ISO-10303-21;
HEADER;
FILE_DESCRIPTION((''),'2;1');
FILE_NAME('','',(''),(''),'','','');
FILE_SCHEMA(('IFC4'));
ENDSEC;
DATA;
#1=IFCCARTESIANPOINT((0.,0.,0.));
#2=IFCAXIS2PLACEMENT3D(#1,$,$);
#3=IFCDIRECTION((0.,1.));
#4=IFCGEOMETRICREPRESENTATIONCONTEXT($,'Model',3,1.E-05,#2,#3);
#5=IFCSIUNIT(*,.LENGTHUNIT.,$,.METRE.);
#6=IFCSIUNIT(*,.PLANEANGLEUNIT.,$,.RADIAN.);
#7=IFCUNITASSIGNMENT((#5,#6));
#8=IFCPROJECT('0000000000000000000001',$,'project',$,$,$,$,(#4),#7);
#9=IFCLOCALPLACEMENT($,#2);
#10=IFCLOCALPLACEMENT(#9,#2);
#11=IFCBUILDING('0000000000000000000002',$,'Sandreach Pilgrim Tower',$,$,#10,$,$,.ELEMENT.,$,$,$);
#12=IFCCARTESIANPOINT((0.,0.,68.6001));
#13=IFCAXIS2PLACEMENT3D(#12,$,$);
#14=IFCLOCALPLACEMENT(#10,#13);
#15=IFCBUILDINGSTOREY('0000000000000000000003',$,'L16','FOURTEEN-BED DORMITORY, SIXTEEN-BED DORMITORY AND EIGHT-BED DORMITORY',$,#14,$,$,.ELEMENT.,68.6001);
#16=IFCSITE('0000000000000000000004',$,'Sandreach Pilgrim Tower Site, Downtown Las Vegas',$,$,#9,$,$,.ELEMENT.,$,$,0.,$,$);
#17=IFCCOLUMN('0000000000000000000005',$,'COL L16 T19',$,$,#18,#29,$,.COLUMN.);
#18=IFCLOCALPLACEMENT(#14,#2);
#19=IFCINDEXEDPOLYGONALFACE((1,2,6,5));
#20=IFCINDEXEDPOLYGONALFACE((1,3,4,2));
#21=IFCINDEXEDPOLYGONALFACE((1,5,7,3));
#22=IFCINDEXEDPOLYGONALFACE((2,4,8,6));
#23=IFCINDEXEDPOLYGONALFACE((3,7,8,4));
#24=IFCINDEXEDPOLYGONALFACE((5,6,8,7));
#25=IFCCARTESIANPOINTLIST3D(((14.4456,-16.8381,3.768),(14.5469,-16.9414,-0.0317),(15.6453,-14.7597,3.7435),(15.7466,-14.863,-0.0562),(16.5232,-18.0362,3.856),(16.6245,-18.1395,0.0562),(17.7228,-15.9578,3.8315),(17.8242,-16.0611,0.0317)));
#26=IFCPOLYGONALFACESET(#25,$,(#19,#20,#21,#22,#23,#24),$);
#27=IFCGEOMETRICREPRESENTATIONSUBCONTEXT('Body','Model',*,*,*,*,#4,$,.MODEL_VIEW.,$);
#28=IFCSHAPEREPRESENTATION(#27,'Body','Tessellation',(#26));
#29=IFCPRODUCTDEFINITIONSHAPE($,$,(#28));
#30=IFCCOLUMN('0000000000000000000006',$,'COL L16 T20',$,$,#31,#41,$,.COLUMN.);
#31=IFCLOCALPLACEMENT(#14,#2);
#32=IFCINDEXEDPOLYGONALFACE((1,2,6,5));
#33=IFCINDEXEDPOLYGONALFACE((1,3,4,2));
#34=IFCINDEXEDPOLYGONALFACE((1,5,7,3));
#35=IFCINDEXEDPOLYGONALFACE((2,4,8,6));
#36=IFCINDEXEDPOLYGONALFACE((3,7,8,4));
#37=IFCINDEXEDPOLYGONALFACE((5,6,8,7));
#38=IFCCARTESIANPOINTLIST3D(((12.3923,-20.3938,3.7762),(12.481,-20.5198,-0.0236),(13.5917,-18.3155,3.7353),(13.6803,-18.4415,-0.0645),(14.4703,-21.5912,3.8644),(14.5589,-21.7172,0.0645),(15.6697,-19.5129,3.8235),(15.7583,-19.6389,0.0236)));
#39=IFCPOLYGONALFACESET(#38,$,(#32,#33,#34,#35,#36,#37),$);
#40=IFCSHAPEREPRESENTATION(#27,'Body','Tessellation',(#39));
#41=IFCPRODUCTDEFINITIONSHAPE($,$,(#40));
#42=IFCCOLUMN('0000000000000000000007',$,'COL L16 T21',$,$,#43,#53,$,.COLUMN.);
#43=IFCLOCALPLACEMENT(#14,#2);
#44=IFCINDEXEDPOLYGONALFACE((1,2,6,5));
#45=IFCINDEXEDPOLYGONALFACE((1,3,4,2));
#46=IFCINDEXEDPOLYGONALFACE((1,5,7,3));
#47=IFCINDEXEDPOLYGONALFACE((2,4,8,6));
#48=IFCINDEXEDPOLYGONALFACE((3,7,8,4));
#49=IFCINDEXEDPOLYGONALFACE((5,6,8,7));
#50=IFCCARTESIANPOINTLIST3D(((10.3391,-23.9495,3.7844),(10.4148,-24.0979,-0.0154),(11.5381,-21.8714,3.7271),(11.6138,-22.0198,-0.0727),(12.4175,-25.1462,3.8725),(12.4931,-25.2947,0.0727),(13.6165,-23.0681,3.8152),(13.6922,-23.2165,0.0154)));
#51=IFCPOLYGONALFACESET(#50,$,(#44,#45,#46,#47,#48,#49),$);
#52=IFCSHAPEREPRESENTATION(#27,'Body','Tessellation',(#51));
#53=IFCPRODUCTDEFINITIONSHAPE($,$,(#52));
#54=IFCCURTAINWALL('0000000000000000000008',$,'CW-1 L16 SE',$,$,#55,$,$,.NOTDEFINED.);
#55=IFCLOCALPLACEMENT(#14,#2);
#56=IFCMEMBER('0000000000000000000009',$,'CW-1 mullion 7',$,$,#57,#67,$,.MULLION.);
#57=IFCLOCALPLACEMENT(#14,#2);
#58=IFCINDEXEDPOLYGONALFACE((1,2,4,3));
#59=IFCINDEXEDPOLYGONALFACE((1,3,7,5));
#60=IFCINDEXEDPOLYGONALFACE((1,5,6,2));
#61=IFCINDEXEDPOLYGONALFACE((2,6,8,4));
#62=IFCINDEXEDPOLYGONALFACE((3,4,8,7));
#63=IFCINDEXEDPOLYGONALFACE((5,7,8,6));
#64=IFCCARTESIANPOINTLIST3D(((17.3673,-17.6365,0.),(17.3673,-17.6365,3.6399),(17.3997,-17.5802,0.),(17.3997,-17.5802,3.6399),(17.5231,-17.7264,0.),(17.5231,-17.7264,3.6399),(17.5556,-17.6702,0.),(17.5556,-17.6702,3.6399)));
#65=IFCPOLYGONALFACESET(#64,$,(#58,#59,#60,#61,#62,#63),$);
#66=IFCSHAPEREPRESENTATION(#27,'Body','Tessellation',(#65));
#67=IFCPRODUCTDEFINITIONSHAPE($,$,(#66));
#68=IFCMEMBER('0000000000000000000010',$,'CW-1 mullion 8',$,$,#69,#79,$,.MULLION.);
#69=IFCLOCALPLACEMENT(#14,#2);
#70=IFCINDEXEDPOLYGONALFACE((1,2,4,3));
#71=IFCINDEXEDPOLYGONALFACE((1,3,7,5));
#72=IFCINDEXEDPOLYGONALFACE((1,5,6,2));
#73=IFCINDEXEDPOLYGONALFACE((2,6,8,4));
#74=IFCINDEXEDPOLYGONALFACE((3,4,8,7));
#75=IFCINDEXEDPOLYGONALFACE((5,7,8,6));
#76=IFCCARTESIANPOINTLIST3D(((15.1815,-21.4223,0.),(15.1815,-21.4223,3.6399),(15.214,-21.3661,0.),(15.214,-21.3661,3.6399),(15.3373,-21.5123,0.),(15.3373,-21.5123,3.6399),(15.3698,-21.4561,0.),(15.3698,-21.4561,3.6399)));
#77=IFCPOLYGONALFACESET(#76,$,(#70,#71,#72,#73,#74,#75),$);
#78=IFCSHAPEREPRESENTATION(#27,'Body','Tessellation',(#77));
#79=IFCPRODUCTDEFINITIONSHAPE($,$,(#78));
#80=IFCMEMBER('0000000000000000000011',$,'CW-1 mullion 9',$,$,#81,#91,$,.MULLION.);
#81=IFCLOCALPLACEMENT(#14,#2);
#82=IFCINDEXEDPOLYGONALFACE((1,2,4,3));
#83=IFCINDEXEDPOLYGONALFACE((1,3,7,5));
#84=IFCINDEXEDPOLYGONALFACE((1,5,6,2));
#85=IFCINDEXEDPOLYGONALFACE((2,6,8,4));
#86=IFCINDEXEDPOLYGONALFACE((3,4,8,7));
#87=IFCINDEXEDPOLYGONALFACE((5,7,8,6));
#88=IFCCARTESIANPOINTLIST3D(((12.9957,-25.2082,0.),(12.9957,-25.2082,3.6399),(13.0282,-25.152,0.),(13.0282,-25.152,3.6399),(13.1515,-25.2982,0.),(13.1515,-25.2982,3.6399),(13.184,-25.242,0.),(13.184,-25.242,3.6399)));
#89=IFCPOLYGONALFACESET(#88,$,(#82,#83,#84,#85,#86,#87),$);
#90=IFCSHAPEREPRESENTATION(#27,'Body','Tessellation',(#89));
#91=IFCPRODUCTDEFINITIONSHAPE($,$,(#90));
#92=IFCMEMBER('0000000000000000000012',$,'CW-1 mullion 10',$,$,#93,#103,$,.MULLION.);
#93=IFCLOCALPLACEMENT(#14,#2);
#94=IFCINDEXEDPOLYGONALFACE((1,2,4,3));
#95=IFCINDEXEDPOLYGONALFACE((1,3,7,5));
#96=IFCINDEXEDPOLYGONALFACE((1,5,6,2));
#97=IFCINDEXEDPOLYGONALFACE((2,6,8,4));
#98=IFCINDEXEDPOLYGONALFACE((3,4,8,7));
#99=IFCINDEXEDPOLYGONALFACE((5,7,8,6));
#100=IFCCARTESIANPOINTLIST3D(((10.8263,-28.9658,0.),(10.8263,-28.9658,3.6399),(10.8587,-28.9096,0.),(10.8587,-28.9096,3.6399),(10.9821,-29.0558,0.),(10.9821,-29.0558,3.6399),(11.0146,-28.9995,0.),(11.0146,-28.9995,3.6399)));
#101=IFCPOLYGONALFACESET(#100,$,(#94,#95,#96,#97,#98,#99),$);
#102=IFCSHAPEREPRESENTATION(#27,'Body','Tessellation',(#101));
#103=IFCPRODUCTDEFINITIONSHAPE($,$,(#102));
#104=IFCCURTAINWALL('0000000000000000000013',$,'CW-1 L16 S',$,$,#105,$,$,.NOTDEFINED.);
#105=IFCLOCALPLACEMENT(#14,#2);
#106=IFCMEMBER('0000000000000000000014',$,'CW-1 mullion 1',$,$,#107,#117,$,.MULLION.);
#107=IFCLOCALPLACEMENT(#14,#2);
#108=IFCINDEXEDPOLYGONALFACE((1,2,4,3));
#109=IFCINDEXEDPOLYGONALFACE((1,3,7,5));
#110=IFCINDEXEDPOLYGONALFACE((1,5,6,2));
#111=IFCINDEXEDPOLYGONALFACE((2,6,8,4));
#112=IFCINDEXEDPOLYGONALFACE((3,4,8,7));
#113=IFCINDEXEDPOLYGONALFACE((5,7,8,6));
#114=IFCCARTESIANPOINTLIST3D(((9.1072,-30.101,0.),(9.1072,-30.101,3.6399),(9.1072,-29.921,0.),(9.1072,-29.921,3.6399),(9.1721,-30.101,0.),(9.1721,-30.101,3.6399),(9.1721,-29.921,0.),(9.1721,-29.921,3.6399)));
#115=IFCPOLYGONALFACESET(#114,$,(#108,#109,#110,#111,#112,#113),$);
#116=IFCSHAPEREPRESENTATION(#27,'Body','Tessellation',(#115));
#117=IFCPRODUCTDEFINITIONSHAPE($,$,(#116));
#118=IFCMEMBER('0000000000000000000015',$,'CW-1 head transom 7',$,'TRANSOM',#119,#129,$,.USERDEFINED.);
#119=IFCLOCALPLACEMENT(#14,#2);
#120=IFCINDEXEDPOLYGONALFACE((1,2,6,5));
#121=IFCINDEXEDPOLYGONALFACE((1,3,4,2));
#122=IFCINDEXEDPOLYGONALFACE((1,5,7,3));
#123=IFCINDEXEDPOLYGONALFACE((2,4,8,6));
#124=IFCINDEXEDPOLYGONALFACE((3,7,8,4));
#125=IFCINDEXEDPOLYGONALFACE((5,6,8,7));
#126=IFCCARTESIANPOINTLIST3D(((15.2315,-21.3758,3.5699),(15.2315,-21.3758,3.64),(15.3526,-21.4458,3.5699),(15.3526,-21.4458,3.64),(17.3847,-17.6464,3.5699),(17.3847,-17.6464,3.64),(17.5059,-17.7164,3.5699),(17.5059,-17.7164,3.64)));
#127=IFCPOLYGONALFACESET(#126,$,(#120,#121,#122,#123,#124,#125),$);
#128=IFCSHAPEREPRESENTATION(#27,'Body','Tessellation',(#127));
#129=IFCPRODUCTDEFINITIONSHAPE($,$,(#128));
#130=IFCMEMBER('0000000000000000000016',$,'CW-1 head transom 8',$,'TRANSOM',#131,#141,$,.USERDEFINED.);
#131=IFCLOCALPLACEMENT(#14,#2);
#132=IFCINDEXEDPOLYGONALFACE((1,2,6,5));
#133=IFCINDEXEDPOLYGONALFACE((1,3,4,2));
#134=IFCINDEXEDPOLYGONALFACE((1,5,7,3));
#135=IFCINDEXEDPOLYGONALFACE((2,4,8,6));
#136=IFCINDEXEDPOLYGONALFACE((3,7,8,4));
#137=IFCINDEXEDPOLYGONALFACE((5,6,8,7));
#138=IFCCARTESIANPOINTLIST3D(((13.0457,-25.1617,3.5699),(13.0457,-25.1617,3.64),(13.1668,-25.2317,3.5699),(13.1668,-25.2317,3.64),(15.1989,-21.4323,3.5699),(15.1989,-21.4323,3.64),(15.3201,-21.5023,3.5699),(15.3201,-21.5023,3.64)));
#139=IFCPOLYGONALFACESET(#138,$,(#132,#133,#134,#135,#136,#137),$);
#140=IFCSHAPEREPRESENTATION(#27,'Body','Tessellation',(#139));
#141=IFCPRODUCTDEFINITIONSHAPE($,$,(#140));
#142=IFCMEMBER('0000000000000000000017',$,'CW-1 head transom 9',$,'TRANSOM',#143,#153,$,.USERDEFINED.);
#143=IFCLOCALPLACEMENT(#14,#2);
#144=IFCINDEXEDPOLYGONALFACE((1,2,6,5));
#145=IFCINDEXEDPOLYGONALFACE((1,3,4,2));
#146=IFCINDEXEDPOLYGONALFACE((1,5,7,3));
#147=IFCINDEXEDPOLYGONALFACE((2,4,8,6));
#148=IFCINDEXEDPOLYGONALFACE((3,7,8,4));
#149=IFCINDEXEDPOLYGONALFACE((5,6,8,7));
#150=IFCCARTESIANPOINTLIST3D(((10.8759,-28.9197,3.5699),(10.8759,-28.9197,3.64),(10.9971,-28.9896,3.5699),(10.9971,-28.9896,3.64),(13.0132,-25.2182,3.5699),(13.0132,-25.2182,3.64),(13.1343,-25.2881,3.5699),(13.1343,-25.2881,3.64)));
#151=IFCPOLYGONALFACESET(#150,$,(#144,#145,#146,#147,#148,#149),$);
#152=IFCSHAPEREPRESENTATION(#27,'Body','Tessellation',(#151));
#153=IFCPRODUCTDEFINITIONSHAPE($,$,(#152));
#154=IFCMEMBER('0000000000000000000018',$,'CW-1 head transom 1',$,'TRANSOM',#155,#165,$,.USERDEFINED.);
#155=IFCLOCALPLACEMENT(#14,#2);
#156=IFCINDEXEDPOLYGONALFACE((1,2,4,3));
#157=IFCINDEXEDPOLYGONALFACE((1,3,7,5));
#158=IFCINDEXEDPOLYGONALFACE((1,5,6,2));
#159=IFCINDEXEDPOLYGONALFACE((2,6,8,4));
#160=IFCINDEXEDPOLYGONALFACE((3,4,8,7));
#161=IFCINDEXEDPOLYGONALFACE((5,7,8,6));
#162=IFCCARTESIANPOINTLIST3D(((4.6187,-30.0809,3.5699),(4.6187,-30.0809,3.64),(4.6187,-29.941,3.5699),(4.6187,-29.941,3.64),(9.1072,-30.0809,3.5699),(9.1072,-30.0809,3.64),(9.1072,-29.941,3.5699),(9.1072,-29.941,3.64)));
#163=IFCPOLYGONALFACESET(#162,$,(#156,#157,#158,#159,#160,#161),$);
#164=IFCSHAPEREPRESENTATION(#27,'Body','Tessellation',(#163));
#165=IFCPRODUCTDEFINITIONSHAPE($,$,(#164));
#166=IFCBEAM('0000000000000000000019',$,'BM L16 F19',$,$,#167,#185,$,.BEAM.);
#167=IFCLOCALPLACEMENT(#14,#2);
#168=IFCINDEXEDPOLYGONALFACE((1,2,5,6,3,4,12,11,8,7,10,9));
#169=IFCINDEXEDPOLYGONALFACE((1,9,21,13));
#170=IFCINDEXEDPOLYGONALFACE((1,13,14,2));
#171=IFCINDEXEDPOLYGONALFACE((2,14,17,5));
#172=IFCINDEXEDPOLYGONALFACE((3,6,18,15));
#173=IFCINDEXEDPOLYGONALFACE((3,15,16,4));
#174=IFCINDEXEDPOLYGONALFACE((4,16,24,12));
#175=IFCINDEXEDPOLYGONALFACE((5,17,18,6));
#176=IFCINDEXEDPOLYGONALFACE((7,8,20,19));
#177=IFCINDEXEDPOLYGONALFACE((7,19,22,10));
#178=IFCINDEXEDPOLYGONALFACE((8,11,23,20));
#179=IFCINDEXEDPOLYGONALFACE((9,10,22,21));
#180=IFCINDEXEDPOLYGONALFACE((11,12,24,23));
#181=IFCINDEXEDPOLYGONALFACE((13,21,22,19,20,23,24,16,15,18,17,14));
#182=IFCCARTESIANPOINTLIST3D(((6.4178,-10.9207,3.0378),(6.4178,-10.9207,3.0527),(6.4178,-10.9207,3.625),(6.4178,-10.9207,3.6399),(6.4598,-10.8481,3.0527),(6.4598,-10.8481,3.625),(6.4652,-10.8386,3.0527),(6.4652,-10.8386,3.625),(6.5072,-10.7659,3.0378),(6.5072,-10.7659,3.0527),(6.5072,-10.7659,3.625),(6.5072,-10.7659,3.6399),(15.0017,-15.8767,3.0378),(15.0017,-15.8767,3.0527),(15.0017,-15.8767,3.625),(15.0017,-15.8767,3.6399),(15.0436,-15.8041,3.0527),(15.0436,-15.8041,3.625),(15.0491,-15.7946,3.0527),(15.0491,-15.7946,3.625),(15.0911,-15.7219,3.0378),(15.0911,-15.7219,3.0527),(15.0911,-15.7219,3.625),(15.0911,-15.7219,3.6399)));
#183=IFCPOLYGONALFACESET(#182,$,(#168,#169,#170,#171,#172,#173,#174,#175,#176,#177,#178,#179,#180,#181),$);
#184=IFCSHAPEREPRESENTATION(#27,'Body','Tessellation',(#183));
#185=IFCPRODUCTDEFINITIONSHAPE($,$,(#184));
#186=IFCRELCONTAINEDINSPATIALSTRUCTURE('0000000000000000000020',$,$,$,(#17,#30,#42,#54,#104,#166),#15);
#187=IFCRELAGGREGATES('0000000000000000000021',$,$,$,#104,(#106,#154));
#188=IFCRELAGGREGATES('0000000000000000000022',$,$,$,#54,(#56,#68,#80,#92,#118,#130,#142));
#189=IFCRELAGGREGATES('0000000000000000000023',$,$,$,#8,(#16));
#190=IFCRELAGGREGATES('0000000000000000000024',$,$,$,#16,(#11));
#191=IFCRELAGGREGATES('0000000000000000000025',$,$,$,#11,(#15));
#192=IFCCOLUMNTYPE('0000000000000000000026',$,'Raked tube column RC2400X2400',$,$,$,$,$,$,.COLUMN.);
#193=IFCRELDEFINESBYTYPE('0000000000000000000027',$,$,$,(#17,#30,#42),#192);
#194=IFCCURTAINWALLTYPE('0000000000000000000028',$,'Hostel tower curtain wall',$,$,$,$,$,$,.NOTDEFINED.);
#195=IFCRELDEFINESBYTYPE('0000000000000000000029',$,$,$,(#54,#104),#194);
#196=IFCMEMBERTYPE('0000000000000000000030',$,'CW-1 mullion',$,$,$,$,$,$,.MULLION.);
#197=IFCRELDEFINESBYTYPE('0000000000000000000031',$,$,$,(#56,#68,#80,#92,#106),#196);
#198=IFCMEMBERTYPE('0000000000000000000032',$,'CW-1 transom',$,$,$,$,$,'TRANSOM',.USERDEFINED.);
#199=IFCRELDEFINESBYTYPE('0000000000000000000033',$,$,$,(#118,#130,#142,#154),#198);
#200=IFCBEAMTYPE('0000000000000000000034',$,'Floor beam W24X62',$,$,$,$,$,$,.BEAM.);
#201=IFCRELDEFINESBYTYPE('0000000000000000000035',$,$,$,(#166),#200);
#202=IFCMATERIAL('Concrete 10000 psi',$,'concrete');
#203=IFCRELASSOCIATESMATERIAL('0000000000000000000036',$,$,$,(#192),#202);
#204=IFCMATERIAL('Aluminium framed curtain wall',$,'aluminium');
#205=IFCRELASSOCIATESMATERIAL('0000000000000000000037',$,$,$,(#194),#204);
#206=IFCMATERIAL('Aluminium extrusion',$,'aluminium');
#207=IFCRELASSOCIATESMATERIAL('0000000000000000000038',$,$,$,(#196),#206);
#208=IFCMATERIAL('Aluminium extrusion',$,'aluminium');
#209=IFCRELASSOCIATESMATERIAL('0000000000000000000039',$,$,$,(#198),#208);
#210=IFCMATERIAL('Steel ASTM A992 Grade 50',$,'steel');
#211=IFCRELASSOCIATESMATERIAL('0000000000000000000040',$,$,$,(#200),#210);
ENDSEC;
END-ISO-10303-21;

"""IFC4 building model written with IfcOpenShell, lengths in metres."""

from ifc_helpers import new_model, si_unit, direction, frame, origin, origin_2d, place, context, subcontext, project, spatial, rectangle, i_section, extrude, material, material_profile, profile_set, type_object, element, aggregate, save


model = new_model("IFC4")

# Units and contexts
model_context = context("Model", 3, precision=1e-05, world=origin(), true_north=direction((0.0, 1.0)))
body_context = subcontext(model_context, "Body", "Model", "MODEL_VIEW")
ifc_project = project(units=[si_unit("LENGTHUNIT", "METRE"), si_unit("PLANEANGLEUNIT", "RADIAN")], contexts=[model_context])

# Site, building, storey
site_placement = place(None, origin())
site = spatial("IfcSite", under=ifc_project, at=site_placement, Name="Sandreach Pilgrim Tower Site, Downtown Las Vegas", CompositionType="ELEMENT", RefElevation=0.0)
building_placement = place(site_placement, origin())
building = spatial("IfcBuilding", under=site, at=building_placement, Name="Sandreach Pilgrim Tower", CompositionType="ELEMENT")
storey_placement = place(building_placement, frame((0.0, 0.0, 68.6001)))
storey = spatial("IfcBuildingStorey", under=building, at=storey_placement, Name="L16", Description="FOURTEEN-BED DORMITORY, SIXTEEN-BED DORMITORY AND EIGHT-BED DORMITORY", CompositionType="ELEMENT", Elevation=68.6001)

# Columns
ifc_material_1 = material(Name="Concrete 10000 psi", Category="concrete")
ifc_material_profile_1 = material_profile(ifc_material_1, rectangle(XDim=2.3999, YDim=2.3999, at=origin_2d()), Name="RC2400X2400")
ifc_profile_set_1 = profile_set([ifc_material_profile_1], Name="Concrete 10000 psi")
column_type = type_object("IfcColumnType", Name="Raked tube column RC2400X2400", PredefinedType="COLUMN", material=ifc_profile_set_1)
column_1_placement = place(storey_placement, frame((16.1855, -16.5012, 0.0), z_axis=(-0.026645, 0.027158, 0.999276), x_axis=(0.865686, -0.499243, 0.036651)))
element("IfcColumn", 1, at=column_1_placement, inside=storey, type_object=column_type, Name="COL L16 T19", PredefinedType="COLUMN", context=body_context, shape_type="SweptSolid", body=[
    extrude(rectangle(XDim=2.3999, YDim=2.3999, at=origin_2d()), origin(), (0.0, 0.0, 1.0), 3.8025),
])
column_2_placement = place(storey_placement, frame((14.1196, -20.0793, 0.0), z_axis=(-0.023304, 0.033126, 0.999179), x_axis=(0.865854, -0.498947, 0.036736)))
element("IfcColumn", 2, at=column_2_placement, inside=storey, type_object=column_type, Name="COL L16 T20", PredefinedType="COLUMN", context=body_context, shape_type="SweptSolid", body=[
    extrude(rectangle(XDim=2.3999, YDim=2.3999, at=origin_2d()), origin(), (0.0, 0.0, 1.0), 3.803),
])
column_3_placement = place(storey_placement, frame((12.0535, -23.6572, 0.0), z_axis=(-0.019899, 0.039027, 0.99904), x_axis=(0.866022, -0.498654, 0.036729)))
element("IfcColumn", 3, at=column_3_placement, inside=storey, type_object=column_type, Name="COL L16 T21", PredefinedType="COLUMN", context=body_context, shape_type="SweptSolid", body=[
    extrude(rectangle(XDim=2.3999, YDim=2.3999, at=origin_2d()), origin(), (0.0, 0.0, 1.0), 3.8035),
])

# Curtain wall, members
ifc_material_2 = material(Name="Aluminium framed curtain wall", Category="aluminium")
curtain_wall_type = type_object("IfcCurtainWallType", Name="Hostel tower curtain wall", PredefinedType="NOTDEFINED", material=ifc_material_2)
curtain_wall_1_placement = place(storey_placement, origin())
curtain_wall_1 = element("IfcCurtainWall", 4, at=curtain_wall_1_placement, inside=storey, type_object=curtain_wall_type, Name="CW-1 L16 SE", PredefinedType="NOTDEFINED")
ifc_material_3 = material(Name="Aluminium extrusion", Category="aluminium")
ifc_material_profile_2 = material_profile(ifc_material_3, rectangle(XDim=0.0649, YDim=0.1799, at=origin_2d()), Name="CW-1M 65X180")
ifc_profile_set_2 = profile_set([ifc_material_profile_2], Name="Aluminium extrusion")
member_type_1 = type_object("IfcMemberType", Name="CW-1 mullion", PredefinedType="MULLION", material=ifc_profile_set_2)
member_1_placement = place(storey_placement, frame((17.4614, -17.6533, 0.0), z_axis=(0.0, 0.0, 1.0), x_axis=(-0.5, -0.866025, 0.0)))
member_1 = element("IfcMember", 5, at=member_1_placement, type_object=member_type_1, Name="CW-1 mullion 7", PredefinedType="MULLION", context=body_context, shape_type="SweptSolid", body=[
    extrude(rectangle(XDim=0.0649, YDim=0.1799, at=origin_2d()), origin(), (0.0, 0.0, 1.0), 3.6399),
])
member_2_placement = place(storey_placement, frame((15.2756, -21.4392, 0.0), z_axis=(0.0, 0.0, 1.0), x_axis=(-0.5, -0.866025, 0.0)))
member_2 = element("IfcMember", 6, at=member_2_placement, type_object=member_type_1, Name="CW-1 mullion 8", PredefinedType="MULLION", context=body_context, shape_type="SweptSolid", body=[
    extrude(rectangle(XDim=0.0649, YDim=0.1799, at=origin_2d()), origin(), (0.0, 0.0, 1.0), 3.6399),
])
member_3_placement = place(storey_placement, frame((13.0898, -25.2251, 0.0), z_axis=(0.0, 0.0, 1.0), x_axis=(-0.5, -0.866025, 0.0)))
member_3 = element("IfcMember", 7, at=member_3_placement, type_object=member_type_1, Name="CW-1 mullion 9", PredefinedType="MULLION", context=body_context, shape_type="SweptSolid", body=[
    extrude(rectangle(XDim=0.0649, YDim=0.1799, at=origin_2d()), origin(), (0.0, 0.0, 1.0), 3.6399),
])
member_4_placement = place(storey_placement, frame((10.9204, -28.9827, 0.0), z_axis=(0.0, 0.0, 1.0), x_axis=(-0.5, -0.866025, 0.0)))
member_4 = element("IfcMember", 8, at=member_4_placement, type_object=member_type_1, Name="CW-1 mullion 10", PredefinedType="MULLION", context=body_context, shape_type="SweptSolid", body=[
    extrude(rectangle(XDim=0.0649, YDim=0.1799, at=origin_2d()), origin(), (0.0, 0.0, 1.0), 3.6399),
])

# Curtain wall, member
curtain_wall_2_placement = place(storey_placement, origin())
curtain_wall_2 = element("IfcCurtainWall", 9, at=curtain_wall_2_placement, inside=storey, type_object=curtain_wall_type, Name="CW-1 L16 S", PredefinedType="NOTDEFINED")
member_5_placement = place(storey_placement, frame((9.1396, -30.011, 0.0), z_axis=(0.0, 0.0, 1.0), x_axis=(-1.0, 0.0, 0.0)))
member_5 = element("IfcMember", 10, at=member_5_placement, type_object=member_type_1, Name="CW-1 mullion 1", PredefinedType="MULLION", context=body_context, shape_type="SweptSolid", body=[
    extrude(rectangle(XDim=0.0649, YDim=0.1799, at=origin_2d()), origin(), (0.0, 0.0, 1.0), 3.6399),
])

# Members
ifc_material_4 = material(Name="Aluminium extrusion", Category="aluminium")
ifc_material_profile_3 = material_profile(ifc_material_4, rectangle(XDim=0.1399, YDim=0.0701, at=origin_2d()), Name="CW-1T 140X70")
ifc_profile_set_3 = profile_set([ifc_material_profile_3], Name="Aluminium extrusion")
member_type_2 = type_object("IfcMemberType", Name="CW-1 transom", ElementType="TRANSOM", PredefinedType="USERDEFINED", material=ifc_profile_set_3)
member_6_placement = place(storey_placement, frame((17.4453, -17.6814, 3.605), z_axis=(-0.500017, -0.866016, 0.0), x_axis=(0.866016, -0.500017, 0.0)))
member_6 = element("IfcMember", 11, at=member_6_placement, type_object=member_type_2, Name="CW-1 head transom 7", ObjectType="TRANSOM", PredefinedType="USERDEFINED", context=body_context, shape_type="SweptSolid", body=[
    extrude(rectangle(XDim=0.1399, YDim=0.0701, at=origin_2d()), origin(), (0.0, 0.0, 1.0), 4.3064),
])
member_7_placement = place(storey_placement, frame((15.2595, -21.4673, 3.605), z_axis=(-0.500017, -0.866016, 0.0), x_axis=(0.866016, -0.500017, 0.0)))
member_7 = element("IfcMember", 12, at=member_7_placement, type_object=member_type_2, Name="CW-1 head transom 8", ObjectType="TRANSOM", PredefinedType="USERDEFINED", context=body_context, shape_type="SweptSolid", body=[
    extrude(rectangle(XDim=0.1399, YDim=0.0701, at=origin_2d()), origin(), (0.0, 0.0, 1.0), 4.3064),
])
member_8_placement = place(storey_placement, frame((13.0737, -25.2532, 3.605), z_axis=(-0.500034, -0.866006, 0.0), x_axis=(0.866006, -0.500034, 0.0)))
member_8 = element("IfcMember", 13, at=member_8_placement, type_object=member_type_2, Name="CW-1 head transom 9", ObjectType="TRANSOM", PredefinedType="USERDEFINED", context=body_context, shape_type="SweptSolid", body=[
    extrude(rectangle(XDim=0.1399, YDim=0.0701, at=origin_2d()), origin(), (0.0, 0.0, 1.0), 4.2742),
])
member_9_placement = place(storey_placement, frame((9.1072, -30.011, 3.605), z_axis=(-1.0, 0.0, 0.0), x_axis=(0.0, -1.0, 0.0)))
member_9 = element("IfcMember", 14, at=member_9_placement, type_object=member_type_2, Name="CW-1 head transom 1", ObjectType="TRANSOM", PredefinedType="USERDEFINED", context=body_context, shape_type="SweptSolid", body=[
    extrude(rectangle(XDim=0.1399, YDim=0.0701, at=origin_2d()), origin(), (0.0, 0.0, 1.0), 4.4885),
])
aggregate(curtain_wall_2, [member_5, member_9])

# Beam
ifc_material_5 = material(Name="Steel ASTM A992 Grade 50", Category="steel")
ifc_material_profile_4 = material_profile(ifc_material_5, i_section(OverallWidth=0.1787, OverallDepth=0.6021, WebThickness=0.011, FlangeThickness=0.0149, at=origin_2d()), Name="W24X62")
ifc_profile_set_4 = profile_set([ifc_material_profile_4], Name="Steel ASTM A992 Grade 50")
beam_type_1 = type_object("IfcBeamType", Name="Floor beam W24X62", PredefinedType="BEAM", material=ifc_profile_set_4)
beam_1_placement = place(storey_placement, frame((15.0464, -15.7993, 3.3389), z_axis=(-0.866022, 0.500007, 0.0), x_axis=(-0.500007, -0.866022, 0.0)))
element("IfcBeam", 15, at=beam_1_placement, inside=storey, type_object=beam_type_1, Name="BM L16 F19", PredefinedType="BEAM", context=body_context, shape_type="SweptSolid", body=[
    extrude(i_section(OverallWidth=0.1787, OverallDepth=0.6021, WebThickness=0.011, FlangeThickness=0.0149, at=origin_2d()), origin(), (0.0, 0.0, 1.0), 9.9119),
])

aggregate(curtain_wall_1, [member_1, member_2, member_3, member_4, member_6, member_7, member_8])

save(model, "model.ifc")
